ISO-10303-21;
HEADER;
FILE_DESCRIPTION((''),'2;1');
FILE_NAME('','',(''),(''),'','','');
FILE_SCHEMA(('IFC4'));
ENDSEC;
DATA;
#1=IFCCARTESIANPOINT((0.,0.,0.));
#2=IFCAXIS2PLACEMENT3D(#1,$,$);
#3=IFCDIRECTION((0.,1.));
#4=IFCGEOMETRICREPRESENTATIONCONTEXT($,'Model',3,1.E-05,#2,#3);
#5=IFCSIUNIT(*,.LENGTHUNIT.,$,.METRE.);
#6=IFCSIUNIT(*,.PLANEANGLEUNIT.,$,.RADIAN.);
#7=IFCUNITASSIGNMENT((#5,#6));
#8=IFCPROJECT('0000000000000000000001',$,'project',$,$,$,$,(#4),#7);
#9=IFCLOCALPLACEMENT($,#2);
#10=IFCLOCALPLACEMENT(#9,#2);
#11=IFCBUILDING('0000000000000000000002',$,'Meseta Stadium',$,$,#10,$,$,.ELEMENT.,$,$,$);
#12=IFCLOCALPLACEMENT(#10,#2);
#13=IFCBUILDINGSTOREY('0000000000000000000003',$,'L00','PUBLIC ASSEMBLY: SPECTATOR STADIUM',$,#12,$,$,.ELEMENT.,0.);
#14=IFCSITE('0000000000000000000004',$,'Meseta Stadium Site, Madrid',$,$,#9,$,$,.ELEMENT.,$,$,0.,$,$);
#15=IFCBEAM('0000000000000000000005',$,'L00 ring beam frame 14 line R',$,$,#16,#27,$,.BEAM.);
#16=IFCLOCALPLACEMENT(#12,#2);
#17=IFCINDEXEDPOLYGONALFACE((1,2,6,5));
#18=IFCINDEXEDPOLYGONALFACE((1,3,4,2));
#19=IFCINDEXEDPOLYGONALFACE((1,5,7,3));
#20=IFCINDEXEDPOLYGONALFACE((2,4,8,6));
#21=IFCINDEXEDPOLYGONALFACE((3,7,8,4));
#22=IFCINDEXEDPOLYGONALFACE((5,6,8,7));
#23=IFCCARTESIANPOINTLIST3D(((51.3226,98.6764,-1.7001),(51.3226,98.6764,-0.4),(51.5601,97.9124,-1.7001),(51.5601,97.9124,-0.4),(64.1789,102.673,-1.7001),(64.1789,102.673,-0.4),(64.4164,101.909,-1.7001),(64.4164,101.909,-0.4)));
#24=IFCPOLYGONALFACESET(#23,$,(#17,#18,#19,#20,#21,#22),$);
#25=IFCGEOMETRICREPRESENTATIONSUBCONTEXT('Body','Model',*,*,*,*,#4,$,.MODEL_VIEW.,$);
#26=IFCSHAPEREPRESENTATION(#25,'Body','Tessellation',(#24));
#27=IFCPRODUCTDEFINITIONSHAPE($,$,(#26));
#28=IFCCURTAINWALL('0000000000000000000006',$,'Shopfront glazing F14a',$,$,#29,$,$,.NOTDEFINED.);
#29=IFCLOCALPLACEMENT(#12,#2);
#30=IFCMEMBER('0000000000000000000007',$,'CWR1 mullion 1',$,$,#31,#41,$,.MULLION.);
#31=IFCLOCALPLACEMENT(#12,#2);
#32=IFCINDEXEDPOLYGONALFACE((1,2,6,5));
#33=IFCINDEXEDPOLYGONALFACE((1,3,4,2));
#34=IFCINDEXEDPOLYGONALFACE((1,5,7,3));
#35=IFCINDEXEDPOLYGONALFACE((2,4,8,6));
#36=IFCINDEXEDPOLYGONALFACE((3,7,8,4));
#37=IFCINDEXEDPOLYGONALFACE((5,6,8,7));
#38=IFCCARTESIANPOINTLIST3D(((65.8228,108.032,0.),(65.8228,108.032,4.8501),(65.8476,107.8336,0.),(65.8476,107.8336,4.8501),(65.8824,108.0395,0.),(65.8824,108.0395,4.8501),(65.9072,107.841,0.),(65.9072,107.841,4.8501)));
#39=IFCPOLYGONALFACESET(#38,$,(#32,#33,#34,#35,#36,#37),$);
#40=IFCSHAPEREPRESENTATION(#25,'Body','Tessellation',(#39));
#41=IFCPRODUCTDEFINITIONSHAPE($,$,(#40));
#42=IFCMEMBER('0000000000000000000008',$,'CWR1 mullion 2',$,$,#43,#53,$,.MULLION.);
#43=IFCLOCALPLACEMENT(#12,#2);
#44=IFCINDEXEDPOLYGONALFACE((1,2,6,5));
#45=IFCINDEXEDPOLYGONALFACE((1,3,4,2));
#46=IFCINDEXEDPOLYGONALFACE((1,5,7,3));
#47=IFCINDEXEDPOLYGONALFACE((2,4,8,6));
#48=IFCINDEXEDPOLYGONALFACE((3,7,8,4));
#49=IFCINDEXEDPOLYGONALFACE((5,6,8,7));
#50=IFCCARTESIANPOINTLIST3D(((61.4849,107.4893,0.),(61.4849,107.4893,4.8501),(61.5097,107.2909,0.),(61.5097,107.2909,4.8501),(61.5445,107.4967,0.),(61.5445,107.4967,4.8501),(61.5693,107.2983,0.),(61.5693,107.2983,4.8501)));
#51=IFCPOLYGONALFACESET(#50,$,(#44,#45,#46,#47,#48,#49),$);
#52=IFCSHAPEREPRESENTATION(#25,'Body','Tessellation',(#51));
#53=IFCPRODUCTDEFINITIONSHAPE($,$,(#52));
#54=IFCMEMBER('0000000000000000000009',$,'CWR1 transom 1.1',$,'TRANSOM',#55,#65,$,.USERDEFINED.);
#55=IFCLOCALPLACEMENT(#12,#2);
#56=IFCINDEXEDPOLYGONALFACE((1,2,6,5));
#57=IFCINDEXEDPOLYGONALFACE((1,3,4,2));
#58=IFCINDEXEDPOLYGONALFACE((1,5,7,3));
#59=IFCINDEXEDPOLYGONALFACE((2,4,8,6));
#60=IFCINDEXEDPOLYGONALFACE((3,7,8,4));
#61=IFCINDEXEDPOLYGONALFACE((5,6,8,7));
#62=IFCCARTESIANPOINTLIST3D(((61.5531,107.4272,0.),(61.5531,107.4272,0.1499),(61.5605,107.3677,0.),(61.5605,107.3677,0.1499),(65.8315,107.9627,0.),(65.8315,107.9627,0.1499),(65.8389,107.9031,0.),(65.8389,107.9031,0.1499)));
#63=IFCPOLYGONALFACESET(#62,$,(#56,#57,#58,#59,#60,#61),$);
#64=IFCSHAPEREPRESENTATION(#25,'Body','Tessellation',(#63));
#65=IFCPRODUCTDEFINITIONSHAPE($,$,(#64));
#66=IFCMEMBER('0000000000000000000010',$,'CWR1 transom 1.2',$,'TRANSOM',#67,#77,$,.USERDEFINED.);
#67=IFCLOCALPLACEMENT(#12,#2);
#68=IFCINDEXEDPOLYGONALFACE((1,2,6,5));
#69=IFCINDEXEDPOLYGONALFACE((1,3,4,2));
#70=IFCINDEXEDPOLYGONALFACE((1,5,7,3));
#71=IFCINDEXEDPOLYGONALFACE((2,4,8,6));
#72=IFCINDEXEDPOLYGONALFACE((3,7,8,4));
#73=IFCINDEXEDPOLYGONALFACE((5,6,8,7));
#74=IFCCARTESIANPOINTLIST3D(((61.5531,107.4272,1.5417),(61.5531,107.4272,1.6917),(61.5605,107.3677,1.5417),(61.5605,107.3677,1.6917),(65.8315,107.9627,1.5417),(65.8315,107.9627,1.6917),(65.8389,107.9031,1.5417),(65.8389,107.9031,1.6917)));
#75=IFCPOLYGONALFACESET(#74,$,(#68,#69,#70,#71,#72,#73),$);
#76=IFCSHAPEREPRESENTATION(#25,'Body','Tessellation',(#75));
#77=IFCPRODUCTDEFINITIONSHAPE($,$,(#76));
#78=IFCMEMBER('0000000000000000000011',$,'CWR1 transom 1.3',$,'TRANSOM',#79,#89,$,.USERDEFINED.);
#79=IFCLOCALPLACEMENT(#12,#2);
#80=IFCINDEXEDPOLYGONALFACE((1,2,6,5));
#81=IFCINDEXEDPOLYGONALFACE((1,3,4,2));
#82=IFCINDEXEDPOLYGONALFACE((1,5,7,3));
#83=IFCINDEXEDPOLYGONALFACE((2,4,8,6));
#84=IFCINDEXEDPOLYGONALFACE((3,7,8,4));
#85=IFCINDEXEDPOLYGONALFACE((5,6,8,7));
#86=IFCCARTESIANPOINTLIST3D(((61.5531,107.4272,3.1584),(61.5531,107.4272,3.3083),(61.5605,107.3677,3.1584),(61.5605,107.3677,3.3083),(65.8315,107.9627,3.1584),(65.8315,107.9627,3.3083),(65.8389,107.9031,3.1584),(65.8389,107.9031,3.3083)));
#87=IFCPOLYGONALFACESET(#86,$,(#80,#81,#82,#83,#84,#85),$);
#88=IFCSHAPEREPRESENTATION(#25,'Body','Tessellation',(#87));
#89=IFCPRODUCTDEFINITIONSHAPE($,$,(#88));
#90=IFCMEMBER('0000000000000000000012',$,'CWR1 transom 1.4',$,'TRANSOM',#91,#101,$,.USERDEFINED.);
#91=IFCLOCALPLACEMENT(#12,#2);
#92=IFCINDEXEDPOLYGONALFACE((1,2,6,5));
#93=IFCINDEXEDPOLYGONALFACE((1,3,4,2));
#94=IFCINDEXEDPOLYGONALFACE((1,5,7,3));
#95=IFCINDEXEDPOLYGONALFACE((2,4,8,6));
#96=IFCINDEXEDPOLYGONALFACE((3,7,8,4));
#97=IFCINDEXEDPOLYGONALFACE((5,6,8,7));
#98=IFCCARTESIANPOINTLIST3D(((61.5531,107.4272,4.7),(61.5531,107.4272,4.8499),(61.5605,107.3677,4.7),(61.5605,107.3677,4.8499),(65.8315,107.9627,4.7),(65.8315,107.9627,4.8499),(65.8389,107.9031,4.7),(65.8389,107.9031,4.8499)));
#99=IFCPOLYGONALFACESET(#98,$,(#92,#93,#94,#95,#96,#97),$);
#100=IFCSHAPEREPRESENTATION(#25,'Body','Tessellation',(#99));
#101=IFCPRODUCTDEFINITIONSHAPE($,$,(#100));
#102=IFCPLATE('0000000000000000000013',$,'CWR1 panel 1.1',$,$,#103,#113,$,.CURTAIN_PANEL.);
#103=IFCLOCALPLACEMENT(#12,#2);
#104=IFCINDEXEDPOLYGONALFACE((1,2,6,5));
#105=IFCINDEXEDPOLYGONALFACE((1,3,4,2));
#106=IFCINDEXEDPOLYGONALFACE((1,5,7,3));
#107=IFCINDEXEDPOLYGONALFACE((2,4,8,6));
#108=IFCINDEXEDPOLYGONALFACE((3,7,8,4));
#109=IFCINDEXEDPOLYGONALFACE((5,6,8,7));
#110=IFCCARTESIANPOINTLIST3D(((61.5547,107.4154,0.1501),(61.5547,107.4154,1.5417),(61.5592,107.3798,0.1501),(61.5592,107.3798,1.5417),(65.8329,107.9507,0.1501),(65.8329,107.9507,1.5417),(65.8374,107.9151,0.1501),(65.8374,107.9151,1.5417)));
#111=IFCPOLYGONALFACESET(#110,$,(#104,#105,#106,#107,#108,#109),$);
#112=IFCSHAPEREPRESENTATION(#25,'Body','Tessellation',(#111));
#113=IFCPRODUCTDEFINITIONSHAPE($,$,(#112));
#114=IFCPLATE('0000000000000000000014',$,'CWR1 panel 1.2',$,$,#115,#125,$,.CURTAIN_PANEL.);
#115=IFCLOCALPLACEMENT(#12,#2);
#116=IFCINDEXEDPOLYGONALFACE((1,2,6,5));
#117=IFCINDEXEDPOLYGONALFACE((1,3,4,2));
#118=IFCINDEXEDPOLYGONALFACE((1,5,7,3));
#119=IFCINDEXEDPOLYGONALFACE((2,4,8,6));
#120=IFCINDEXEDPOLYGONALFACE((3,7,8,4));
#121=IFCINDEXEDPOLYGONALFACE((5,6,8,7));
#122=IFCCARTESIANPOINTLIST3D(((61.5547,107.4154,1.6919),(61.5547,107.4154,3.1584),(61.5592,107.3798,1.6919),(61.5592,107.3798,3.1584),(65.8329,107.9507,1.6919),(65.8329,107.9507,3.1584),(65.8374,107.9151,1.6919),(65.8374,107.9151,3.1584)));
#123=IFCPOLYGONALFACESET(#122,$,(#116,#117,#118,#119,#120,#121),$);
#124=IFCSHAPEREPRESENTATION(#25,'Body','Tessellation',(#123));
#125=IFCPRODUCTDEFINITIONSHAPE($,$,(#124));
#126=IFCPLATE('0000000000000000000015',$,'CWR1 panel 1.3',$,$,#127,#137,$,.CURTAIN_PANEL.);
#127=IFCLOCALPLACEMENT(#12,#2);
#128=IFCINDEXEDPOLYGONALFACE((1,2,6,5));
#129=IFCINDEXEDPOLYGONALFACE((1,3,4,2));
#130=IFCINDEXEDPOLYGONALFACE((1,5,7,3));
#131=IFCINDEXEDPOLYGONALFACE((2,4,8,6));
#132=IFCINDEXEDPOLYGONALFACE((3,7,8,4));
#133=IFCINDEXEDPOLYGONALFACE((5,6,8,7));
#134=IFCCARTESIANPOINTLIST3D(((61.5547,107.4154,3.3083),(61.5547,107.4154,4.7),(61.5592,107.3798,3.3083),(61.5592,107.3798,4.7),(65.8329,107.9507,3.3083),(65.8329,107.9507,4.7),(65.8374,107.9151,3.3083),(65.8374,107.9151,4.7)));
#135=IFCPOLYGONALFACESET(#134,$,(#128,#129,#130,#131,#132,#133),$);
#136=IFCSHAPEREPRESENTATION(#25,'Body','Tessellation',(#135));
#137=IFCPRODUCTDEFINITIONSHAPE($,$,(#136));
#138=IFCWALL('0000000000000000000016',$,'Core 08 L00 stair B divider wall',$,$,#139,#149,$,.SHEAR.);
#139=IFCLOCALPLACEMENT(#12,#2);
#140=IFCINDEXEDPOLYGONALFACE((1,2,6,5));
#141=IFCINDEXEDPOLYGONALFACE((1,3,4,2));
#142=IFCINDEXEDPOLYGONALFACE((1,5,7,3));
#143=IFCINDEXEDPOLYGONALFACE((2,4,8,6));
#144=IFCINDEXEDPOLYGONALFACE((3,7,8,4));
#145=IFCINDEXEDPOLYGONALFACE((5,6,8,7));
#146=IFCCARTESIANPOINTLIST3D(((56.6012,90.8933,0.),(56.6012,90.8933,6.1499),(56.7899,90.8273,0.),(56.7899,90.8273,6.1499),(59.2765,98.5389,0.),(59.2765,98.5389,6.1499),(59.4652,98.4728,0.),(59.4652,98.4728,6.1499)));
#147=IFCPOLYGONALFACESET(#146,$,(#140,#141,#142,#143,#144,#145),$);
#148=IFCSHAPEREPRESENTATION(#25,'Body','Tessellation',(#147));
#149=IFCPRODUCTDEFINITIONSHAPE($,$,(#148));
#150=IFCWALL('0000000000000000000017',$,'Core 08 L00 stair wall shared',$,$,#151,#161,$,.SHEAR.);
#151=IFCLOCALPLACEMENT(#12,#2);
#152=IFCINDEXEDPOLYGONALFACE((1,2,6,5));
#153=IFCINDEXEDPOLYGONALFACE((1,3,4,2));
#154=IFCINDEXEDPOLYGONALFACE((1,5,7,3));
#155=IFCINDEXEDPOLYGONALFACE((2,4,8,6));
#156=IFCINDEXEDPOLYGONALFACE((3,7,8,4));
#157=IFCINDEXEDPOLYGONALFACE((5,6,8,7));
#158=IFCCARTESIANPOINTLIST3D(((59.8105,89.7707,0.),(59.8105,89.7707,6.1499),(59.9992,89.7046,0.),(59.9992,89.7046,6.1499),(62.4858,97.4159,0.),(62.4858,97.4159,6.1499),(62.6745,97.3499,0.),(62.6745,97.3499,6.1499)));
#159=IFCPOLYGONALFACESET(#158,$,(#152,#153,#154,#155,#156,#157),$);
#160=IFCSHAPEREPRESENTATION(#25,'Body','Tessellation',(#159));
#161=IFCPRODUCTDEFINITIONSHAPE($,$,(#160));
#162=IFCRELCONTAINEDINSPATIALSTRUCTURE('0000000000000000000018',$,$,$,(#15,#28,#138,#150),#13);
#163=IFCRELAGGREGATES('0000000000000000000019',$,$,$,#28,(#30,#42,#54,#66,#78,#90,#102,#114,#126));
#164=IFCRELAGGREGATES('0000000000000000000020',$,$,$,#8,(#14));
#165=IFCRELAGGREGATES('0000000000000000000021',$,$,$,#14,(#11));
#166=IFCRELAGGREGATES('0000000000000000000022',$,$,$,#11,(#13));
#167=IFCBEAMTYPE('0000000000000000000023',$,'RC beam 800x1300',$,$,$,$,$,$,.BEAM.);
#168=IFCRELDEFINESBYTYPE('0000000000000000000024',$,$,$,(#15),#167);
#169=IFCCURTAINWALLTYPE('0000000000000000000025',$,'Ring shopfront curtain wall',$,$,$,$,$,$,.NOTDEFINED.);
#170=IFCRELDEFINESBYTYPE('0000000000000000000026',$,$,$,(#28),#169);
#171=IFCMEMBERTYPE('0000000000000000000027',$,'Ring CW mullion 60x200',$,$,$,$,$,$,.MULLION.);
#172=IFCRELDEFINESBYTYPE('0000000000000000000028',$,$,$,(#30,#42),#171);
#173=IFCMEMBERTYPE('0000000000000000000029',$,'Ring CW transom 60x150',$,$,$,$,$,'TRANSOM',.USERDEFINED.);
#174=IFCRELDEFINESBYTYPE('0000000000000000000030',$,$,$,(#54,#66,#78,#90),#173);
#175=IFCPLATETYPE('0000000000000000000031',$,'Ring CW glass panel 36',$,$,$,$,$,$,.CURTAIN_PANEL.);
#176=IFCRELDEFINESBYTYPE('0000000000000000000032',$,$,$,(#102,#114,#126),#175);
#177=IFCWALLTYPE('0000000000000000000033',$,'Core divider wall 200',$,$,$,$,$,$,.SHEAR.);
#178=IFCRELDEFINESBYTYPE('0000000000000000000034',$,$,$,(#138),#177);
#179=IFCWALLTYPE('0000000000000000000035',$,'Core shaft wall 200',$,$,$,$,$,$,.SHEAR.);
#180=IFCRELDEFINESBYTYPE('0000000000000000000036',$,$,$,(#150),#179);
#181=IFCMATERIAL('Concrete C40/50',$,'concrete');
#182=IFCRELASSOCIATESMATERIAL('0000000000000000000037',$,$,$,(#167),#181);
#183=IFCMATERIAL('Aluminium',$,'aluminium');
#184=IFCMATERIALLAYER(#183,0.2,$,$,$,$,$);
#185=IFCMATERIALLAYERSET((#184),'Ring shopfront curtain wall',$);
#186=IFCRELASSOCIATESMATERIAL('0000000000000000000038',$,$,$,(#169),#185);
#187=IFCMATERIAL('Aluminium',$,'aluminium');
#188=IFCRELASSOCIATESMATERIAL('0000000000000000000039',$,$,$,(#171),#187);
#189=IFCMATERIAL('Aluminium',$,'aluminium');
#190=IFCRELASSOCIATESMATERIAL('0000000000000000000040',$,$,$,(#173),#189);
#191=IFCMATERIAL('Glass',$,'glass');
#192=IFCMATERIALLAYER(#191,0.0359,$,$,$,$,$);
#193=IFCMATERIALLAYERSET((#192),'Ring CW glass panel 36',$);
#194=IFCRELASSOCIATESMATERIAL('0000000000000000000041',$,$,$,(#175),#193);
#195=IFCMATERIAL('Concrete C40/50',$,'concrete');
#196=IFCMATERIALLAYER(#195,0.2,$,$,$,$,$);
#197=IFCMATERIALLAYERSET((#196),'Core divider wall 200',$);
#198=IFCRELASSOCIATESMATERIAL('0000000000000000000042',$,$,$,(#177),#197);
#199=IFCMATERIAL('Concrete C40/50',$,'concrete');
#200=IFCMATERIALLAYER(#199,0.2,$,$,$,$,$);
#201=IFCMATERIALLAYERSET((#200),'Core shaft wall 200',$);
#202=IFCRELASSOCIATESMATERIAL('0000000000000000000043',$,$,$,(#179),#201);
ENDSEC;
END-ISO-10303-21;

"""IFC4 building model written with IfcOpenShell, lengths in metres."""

from ifc_helpers import new_model, si_unit, direction, frame, frame_2d, origin, origin_2d, place, context, subcontext, project, spatial, rectangle, extrude, material, layer, layer_set, material_profile, profile_set, type_object, element, aggregate, save


model = new_model("IFC4")

# Units and contexts
model_context = context("Model", 3, precision=1e-05, world=origin(), true_north=direction((0.0, 1.0)))
body_context = subcontext(model_context, "Body", "Model", "MODEL_VIEW")
ifc_project = project(units=[si_unit("LENGTHUNIT", "METRE"), si_unit("PLANEANGLEUNIT", "RADIAN")], contexts=[model_context])

# Site, building, storey
site_placement = place(None, origin())
site = spatial("IfcSite", under=ifc_project, at=site_placement, Name="Meseta Stadium Site, Madrid", CompositionType="ELEMENT", RefElevation=0.0)
building_placement = place(site_placement, origin())
building = spatial("IfcBuilding", under=site, at=building_placement, Name="Meseta Stadium", CompositionType="ELEMENT")
storey_placement = place(building_placement, origin())
storey = spatial("IfcBuildingStorey", under=building, at=storey_placement, Name="L00", Description="PUBLIC ASSEMBLY: SPECTATOR STADIUM", CompositionType="ELEMENT", Elevation=0.0)

# Beam
ifc_material_1 = material(Name="Concrete C40/50", Category="concrete")
ifc_material_profile_1 = material_profile(ifc_material_1, rectangle(XDim=0.8, YDim=1.3, at=origin_2d()), Name="RC 800x1300")
ifc_profile_set_1 = profile_set([ifc_material_profile_1], Name="Concrete C40/50")
beam_type_1 = type_object("IfcBeamType", Name="RC beam 800x1300", PredefinedType="BEAM", material=ifc_profile_set_1)
beam_1_placement = place(storey_placement, frame((64.2976, 102.291, -1.05), z_axis=(-0.954923, -0.296855, 0.0), x_axis=(0.296855, -0.954923, 0.0)))
element("IfcBeam", 1, at=beam_1_placement, inside=storey, type_object=beam_type_1, Name="L00 ring beam frame 14 line R", PredefinedType="BEAM", context=body_context, shape_type="SweptSolid", body=[
    extrude(rectangle(XDim=0.8, YDim=1.3, at=origin_2d()), origin(), (0.0, 0.0, 1.0), 13.4631),
])

# Curtain wall, members, plates
ifc_material_2 = material(Name="Aluminium", Category="aluminium")
ifc_layer_1 = layer(ifc_material_2, 0.2)
ifc_layer_set_1 = layer_set([ifc_layer_1], Name="Ring shopfront curtain wall")
curtain_wall_type = type_object("IfcCurtainWallType", Name="Ring shopfront curtain wall", PredefinedType="NOTDEFINED", material=ifc_layer_set_1)
curtain_wall_placement = place(storey_placement, origin())
curtain_wall = element("IfcCurtainWall", 2, at=curtain_wall_placement, inside=storey, type_object=curtain_wall_type, Name="Shopfront glazing F14a", PredefinedType="NOTDEFINED")
ifc_material_3 = material(Name="Aluminium", Category="aluminium")
ifc_material_profile_2 = material_profile(ifc_material_3, rectangle(XDim=0.2, YDim=0.0601, at=origin_2d()), Name="CW 200x60")
ifc_profile_set_2 = profile_set([ifc_material_profile_2], Name="Aluminium")
member_type_1 = type_object("IfcMemberType", Name="Ring CW mullion 60x200", PredefinedType="MULLION", material=ifc_profile_set_2)
member_1_placement = place(storey_placement, frame((65.865, 107.9365, 0.0), z_axis=(0.0, 0.0, 1.0), x_axis=(0.124154, -0.992263, 0.0)))
member_1 = element("IfcMember", 3, at=member_1_placement, type_object=member_type_1, Name="CWR1 mullion 1", PredefinedType="MULLION", context=body_context, shape_type="SweptSolid", body=[
    extrude(rectangle(XDim=0.2, YDim=0.0601, at=origin_2d()), origin(), (0.0, 0.0, 1.0), 4.8501),
])
member_2_placement = place(storey_placement, frame((61.5271, 107.3938, 0.0), z_axis=(0.0, 0.0, 1.0), x_axis=(0.124154, -0.992263, 0.0)))
member_2 = element("IfcMember", 4, at=member_2_placement, type_object=member_type_1, Name="CWR1 mullion 2", PredefinedType="MULLION", context=body_context, shape_type="SweptSolid", body=[
    extrude(rectangle(XDim=0.2, YDim=0.0601, at=origin_2d()), origin(), (0.0, 0.0, 1.0), 4.8501),
])
ifc_material_4 = material(Name="Aluminium", Category="aluminium")
ifc_material_profile_3 = material_profile(ifc_material_4, rectangle(XDim=0.0601, YDim=0.1499, at=origin_2d()), Name="CW 60x150")
ifc_profile_set_3 = profile_set([ifc_material_profile_3], Name="Aluminium")
member_type_2 = type_object("IfcMemberType", Name="Ring CW transom 60x150", ElementType="TRANSOM", PredefinedType="USERDEFINED", material=ifc_profile_set_3)
member_3_placement = place(storey_placement, frame((65.8352, 107.9329, 0.075), z_axis=(-0.99226, -0.124174, 0.0), x_axis=(0.124174, -0.99226, 0.0)))
member_3 = element("IfcMember", 5, at=member_3_placement, type_object=member_type_2, Name="CWR1 transom 1.1", ObjectType="TRANSOM", PredefinedType="USERDEFINED", context=body_context, shape_type="SweptSolid", body=[
    extrude(rectangle(XDim=0.0601, YDim=0.1499, at=origin_2d()), origin(), (0.0, 0.0, 1.0), 4.3118),
])
member_4_placement = place(storey_placement, frame((65.8352, 107.9329, 1.6167), z_axis=(-0.99226, -0.124174, 0.0), x_axis=(0.124174, -0.99226, 0.0)))
member_4 = element("IfcMember", 6, at=member_4_placement, type_object=member_type_2, Name="CWR1 transom 1.2", ObjectType="TRANSOM", PredefinedType="USERDEFINED", context=body_context, shape_type="SweptSolid", body=[
    extrude(rectangle(XDim=0.0601, YDim=0.1499, at=origin_2d()), origin(), (0.0, 0.0, 1.0), 4.3118),
])
member_5_placement = place(storey_placement, frame((65.8352, 107.9329, 3.2334), z_axis=(-0.99226, -0.124174, 0.0), x_axis=(0.124174, -0.99226, 0.0)))
member_5 = element("IfcMember", 7, at=member_5_placement, type_object=member_type_2, Name="CWR1 transom 1.3", ObjectType="TRANSOM", PredefinedType="USERDEFINED", context=body_context, shape_type="SweptSolid", body=[
    extrude(rectangle(XDim=0.0601, YDim=0.1499, at=origin_2d()), origin(), (0.0, 0.0, 1.0), 4.3118),
])
member_6_placement = place(storey_placement, frame((65.8352, 107.9329, 4.7749), z_axis=(-0.99226, -0.124174, 0.0), x_axis=(0.124174, -0.99226, 0.0)))
member_6 = element("IfcMember", 8, at=member_6_placement, type_object=member_type_2, Name="CWR1 transom 1.4", ObjectType="TRANSOM", PredefinedType="USERDEFINED", context=body_context, shape_type="SweptSolid", body=[
    extrude(rectangle(XDim=0.0601, YDim=0.1499, at=origin_2d()), origin(), (0.0, 0.0, 1.0), 4.3118),
])
ifc_material_5 = material(Name="Glass", Category="glass")
ifc_layer_2 = layer(ifc_material_5, 0.0359)
ifc_layer_set_2 = layer_set([ifc_layer_2], Name="Ring CW glass panel 36")
plate_type = type_object("IfcPlateType", Name="Ring CW glass panel 36", PredefinedType="CURTAIN_PANEL", material=ifc_layer_set_2)
plate_1_placement = place(storey_placement, frame((63.696, 107.6653, 0.1501), z_axis=(0.0, 0.0, 1.0), x_axis=(-0.992263, -0.124154, 0.0)))
plate_1 = element("IfcPlate", 9, at=plate_1_placement, type_object=plate_type, Name="CWR1 panel 1.1", PredefinedType="CURTAIN_PANEL", context=body_context, shape_type="SweptSolid", body=[
    extrude(rectangle(XDim=4.3115, YDim=0.0359, at=origin_2d()), origin(), (0.0, 0.0, 1.0), 1.3916),
])
plate_2_placement = place(storey_placement, frame((63.696, 107.6653, 1.6919), z_axis=(0.0, 0.0, 1.0), x_axis=(-0.992263, -0.124154, 0.0)))
plate_2 = element("IfcPlate", 10, at=plate_2_placement, type_object=plate_type, Name="CWR1 panel 1.2", PredefinedType="CURTAIN_PANEL", context=body_context, shape_type="SweptSolid", body=[
    extrude(rectangle(XDim=4.3115, YDim=0.0359, at=origin_2d()), origin(), (0.0, 0.0, 1.0), 1.4666),
])
plate_3_placement = place(storey_placement, frame((63.696, 107.6653, 3.3083), z_axis=(0.0, 0.0, 1.0), x_axis=(-0.992263, -0.124154, 0.0)))
plate_3 = element("IfcPlate", 11, at=plate_3_placement, type_object=plate_type, Name="CWR1 panel 1.3", PredefinedType="CURTAIN_PANEL", context=body_context, shape_type="SweptSolid", body=[
    extrude(rectangle(XDim=4.3115, YDim=0.0359, at=origin_2d()), origin(), (0.0, 0.0, 1.0), 1.3916),
])
aggregate(curtain_wall, [member_1, member_2, member_3, member_4, member_5, member_6, plate_1, plate_2, plate_3])

# Walls
ifc_material_6 = material(Name="Concrete C40/50", Category="concrete")
ifc_layer_3 = layer(ifc_material_6, 0.2)
ifc_layer_set_3 = layer_set([ifc_layer_3], Name="Core divider wall 200")
wall_type_1 = type_object("IfcWallType", Name="Core divider wall 200", PredefinedType="SHEAR", material=ifc_layer_set_3)
wall_1_placement = place(storey_placement, frame((59.3708, 98.5059, 0.0), z_axis=(0.0, 0.0, 1.0), x_axis=(-0.330281, -0.943883, 0.0)))
element("IfcWall", 12, at=wall_1_placement, inside=storey, type_object=wall_type_1, Name="Core 08 L00 stair B divider wall", PredefinedType="SHEAR", context=body_context, shape_type="SweptSolid", body=[
    extrude(rectangle(XDim=8.1001, YDim=0.2, at=frame_2d((4.05, 0.0))), origin(), (0.0, 0.0, 1.0), 6.1499),
])
ifc_material_7 = material(Name="Concrete C40/50", Category="concrete")
ifc_layer_4 = layer(ifc_material_7, 0.2)
ifc_layer_set_4 = layer_set([ifc_layer_4], Name="Core shaft wall 200")
wall_type_2 = type_object("IfcWallType", Name="Core shaft wall 200", PredefinedType="SHEAR", material=ifc_layer_set_4)
wall_2_placement = place(storey_placement, frame((62.5801, 97.3828, 0.0), z_axis=(0.0, 0.0, 1.0), x_axis=(-0.33029, -0.94388, 0.0)))
element("IfcWall", 13, at=wall_2_placement, inside=storey, type_object=wall_type_2, Name="Core 08 L00 stair wall shared", PredefinedType="SHEAR", context=body_context, shape_type="SweptSolid", body=[
    extrude(rectangle(XDim=8.0999, YDim=0.2, at=frame_2d((4.0498, 0.0))), origin(), (0.0, 0.0, 1.0), 6.1499),
])

save(model, "model.ifc")
